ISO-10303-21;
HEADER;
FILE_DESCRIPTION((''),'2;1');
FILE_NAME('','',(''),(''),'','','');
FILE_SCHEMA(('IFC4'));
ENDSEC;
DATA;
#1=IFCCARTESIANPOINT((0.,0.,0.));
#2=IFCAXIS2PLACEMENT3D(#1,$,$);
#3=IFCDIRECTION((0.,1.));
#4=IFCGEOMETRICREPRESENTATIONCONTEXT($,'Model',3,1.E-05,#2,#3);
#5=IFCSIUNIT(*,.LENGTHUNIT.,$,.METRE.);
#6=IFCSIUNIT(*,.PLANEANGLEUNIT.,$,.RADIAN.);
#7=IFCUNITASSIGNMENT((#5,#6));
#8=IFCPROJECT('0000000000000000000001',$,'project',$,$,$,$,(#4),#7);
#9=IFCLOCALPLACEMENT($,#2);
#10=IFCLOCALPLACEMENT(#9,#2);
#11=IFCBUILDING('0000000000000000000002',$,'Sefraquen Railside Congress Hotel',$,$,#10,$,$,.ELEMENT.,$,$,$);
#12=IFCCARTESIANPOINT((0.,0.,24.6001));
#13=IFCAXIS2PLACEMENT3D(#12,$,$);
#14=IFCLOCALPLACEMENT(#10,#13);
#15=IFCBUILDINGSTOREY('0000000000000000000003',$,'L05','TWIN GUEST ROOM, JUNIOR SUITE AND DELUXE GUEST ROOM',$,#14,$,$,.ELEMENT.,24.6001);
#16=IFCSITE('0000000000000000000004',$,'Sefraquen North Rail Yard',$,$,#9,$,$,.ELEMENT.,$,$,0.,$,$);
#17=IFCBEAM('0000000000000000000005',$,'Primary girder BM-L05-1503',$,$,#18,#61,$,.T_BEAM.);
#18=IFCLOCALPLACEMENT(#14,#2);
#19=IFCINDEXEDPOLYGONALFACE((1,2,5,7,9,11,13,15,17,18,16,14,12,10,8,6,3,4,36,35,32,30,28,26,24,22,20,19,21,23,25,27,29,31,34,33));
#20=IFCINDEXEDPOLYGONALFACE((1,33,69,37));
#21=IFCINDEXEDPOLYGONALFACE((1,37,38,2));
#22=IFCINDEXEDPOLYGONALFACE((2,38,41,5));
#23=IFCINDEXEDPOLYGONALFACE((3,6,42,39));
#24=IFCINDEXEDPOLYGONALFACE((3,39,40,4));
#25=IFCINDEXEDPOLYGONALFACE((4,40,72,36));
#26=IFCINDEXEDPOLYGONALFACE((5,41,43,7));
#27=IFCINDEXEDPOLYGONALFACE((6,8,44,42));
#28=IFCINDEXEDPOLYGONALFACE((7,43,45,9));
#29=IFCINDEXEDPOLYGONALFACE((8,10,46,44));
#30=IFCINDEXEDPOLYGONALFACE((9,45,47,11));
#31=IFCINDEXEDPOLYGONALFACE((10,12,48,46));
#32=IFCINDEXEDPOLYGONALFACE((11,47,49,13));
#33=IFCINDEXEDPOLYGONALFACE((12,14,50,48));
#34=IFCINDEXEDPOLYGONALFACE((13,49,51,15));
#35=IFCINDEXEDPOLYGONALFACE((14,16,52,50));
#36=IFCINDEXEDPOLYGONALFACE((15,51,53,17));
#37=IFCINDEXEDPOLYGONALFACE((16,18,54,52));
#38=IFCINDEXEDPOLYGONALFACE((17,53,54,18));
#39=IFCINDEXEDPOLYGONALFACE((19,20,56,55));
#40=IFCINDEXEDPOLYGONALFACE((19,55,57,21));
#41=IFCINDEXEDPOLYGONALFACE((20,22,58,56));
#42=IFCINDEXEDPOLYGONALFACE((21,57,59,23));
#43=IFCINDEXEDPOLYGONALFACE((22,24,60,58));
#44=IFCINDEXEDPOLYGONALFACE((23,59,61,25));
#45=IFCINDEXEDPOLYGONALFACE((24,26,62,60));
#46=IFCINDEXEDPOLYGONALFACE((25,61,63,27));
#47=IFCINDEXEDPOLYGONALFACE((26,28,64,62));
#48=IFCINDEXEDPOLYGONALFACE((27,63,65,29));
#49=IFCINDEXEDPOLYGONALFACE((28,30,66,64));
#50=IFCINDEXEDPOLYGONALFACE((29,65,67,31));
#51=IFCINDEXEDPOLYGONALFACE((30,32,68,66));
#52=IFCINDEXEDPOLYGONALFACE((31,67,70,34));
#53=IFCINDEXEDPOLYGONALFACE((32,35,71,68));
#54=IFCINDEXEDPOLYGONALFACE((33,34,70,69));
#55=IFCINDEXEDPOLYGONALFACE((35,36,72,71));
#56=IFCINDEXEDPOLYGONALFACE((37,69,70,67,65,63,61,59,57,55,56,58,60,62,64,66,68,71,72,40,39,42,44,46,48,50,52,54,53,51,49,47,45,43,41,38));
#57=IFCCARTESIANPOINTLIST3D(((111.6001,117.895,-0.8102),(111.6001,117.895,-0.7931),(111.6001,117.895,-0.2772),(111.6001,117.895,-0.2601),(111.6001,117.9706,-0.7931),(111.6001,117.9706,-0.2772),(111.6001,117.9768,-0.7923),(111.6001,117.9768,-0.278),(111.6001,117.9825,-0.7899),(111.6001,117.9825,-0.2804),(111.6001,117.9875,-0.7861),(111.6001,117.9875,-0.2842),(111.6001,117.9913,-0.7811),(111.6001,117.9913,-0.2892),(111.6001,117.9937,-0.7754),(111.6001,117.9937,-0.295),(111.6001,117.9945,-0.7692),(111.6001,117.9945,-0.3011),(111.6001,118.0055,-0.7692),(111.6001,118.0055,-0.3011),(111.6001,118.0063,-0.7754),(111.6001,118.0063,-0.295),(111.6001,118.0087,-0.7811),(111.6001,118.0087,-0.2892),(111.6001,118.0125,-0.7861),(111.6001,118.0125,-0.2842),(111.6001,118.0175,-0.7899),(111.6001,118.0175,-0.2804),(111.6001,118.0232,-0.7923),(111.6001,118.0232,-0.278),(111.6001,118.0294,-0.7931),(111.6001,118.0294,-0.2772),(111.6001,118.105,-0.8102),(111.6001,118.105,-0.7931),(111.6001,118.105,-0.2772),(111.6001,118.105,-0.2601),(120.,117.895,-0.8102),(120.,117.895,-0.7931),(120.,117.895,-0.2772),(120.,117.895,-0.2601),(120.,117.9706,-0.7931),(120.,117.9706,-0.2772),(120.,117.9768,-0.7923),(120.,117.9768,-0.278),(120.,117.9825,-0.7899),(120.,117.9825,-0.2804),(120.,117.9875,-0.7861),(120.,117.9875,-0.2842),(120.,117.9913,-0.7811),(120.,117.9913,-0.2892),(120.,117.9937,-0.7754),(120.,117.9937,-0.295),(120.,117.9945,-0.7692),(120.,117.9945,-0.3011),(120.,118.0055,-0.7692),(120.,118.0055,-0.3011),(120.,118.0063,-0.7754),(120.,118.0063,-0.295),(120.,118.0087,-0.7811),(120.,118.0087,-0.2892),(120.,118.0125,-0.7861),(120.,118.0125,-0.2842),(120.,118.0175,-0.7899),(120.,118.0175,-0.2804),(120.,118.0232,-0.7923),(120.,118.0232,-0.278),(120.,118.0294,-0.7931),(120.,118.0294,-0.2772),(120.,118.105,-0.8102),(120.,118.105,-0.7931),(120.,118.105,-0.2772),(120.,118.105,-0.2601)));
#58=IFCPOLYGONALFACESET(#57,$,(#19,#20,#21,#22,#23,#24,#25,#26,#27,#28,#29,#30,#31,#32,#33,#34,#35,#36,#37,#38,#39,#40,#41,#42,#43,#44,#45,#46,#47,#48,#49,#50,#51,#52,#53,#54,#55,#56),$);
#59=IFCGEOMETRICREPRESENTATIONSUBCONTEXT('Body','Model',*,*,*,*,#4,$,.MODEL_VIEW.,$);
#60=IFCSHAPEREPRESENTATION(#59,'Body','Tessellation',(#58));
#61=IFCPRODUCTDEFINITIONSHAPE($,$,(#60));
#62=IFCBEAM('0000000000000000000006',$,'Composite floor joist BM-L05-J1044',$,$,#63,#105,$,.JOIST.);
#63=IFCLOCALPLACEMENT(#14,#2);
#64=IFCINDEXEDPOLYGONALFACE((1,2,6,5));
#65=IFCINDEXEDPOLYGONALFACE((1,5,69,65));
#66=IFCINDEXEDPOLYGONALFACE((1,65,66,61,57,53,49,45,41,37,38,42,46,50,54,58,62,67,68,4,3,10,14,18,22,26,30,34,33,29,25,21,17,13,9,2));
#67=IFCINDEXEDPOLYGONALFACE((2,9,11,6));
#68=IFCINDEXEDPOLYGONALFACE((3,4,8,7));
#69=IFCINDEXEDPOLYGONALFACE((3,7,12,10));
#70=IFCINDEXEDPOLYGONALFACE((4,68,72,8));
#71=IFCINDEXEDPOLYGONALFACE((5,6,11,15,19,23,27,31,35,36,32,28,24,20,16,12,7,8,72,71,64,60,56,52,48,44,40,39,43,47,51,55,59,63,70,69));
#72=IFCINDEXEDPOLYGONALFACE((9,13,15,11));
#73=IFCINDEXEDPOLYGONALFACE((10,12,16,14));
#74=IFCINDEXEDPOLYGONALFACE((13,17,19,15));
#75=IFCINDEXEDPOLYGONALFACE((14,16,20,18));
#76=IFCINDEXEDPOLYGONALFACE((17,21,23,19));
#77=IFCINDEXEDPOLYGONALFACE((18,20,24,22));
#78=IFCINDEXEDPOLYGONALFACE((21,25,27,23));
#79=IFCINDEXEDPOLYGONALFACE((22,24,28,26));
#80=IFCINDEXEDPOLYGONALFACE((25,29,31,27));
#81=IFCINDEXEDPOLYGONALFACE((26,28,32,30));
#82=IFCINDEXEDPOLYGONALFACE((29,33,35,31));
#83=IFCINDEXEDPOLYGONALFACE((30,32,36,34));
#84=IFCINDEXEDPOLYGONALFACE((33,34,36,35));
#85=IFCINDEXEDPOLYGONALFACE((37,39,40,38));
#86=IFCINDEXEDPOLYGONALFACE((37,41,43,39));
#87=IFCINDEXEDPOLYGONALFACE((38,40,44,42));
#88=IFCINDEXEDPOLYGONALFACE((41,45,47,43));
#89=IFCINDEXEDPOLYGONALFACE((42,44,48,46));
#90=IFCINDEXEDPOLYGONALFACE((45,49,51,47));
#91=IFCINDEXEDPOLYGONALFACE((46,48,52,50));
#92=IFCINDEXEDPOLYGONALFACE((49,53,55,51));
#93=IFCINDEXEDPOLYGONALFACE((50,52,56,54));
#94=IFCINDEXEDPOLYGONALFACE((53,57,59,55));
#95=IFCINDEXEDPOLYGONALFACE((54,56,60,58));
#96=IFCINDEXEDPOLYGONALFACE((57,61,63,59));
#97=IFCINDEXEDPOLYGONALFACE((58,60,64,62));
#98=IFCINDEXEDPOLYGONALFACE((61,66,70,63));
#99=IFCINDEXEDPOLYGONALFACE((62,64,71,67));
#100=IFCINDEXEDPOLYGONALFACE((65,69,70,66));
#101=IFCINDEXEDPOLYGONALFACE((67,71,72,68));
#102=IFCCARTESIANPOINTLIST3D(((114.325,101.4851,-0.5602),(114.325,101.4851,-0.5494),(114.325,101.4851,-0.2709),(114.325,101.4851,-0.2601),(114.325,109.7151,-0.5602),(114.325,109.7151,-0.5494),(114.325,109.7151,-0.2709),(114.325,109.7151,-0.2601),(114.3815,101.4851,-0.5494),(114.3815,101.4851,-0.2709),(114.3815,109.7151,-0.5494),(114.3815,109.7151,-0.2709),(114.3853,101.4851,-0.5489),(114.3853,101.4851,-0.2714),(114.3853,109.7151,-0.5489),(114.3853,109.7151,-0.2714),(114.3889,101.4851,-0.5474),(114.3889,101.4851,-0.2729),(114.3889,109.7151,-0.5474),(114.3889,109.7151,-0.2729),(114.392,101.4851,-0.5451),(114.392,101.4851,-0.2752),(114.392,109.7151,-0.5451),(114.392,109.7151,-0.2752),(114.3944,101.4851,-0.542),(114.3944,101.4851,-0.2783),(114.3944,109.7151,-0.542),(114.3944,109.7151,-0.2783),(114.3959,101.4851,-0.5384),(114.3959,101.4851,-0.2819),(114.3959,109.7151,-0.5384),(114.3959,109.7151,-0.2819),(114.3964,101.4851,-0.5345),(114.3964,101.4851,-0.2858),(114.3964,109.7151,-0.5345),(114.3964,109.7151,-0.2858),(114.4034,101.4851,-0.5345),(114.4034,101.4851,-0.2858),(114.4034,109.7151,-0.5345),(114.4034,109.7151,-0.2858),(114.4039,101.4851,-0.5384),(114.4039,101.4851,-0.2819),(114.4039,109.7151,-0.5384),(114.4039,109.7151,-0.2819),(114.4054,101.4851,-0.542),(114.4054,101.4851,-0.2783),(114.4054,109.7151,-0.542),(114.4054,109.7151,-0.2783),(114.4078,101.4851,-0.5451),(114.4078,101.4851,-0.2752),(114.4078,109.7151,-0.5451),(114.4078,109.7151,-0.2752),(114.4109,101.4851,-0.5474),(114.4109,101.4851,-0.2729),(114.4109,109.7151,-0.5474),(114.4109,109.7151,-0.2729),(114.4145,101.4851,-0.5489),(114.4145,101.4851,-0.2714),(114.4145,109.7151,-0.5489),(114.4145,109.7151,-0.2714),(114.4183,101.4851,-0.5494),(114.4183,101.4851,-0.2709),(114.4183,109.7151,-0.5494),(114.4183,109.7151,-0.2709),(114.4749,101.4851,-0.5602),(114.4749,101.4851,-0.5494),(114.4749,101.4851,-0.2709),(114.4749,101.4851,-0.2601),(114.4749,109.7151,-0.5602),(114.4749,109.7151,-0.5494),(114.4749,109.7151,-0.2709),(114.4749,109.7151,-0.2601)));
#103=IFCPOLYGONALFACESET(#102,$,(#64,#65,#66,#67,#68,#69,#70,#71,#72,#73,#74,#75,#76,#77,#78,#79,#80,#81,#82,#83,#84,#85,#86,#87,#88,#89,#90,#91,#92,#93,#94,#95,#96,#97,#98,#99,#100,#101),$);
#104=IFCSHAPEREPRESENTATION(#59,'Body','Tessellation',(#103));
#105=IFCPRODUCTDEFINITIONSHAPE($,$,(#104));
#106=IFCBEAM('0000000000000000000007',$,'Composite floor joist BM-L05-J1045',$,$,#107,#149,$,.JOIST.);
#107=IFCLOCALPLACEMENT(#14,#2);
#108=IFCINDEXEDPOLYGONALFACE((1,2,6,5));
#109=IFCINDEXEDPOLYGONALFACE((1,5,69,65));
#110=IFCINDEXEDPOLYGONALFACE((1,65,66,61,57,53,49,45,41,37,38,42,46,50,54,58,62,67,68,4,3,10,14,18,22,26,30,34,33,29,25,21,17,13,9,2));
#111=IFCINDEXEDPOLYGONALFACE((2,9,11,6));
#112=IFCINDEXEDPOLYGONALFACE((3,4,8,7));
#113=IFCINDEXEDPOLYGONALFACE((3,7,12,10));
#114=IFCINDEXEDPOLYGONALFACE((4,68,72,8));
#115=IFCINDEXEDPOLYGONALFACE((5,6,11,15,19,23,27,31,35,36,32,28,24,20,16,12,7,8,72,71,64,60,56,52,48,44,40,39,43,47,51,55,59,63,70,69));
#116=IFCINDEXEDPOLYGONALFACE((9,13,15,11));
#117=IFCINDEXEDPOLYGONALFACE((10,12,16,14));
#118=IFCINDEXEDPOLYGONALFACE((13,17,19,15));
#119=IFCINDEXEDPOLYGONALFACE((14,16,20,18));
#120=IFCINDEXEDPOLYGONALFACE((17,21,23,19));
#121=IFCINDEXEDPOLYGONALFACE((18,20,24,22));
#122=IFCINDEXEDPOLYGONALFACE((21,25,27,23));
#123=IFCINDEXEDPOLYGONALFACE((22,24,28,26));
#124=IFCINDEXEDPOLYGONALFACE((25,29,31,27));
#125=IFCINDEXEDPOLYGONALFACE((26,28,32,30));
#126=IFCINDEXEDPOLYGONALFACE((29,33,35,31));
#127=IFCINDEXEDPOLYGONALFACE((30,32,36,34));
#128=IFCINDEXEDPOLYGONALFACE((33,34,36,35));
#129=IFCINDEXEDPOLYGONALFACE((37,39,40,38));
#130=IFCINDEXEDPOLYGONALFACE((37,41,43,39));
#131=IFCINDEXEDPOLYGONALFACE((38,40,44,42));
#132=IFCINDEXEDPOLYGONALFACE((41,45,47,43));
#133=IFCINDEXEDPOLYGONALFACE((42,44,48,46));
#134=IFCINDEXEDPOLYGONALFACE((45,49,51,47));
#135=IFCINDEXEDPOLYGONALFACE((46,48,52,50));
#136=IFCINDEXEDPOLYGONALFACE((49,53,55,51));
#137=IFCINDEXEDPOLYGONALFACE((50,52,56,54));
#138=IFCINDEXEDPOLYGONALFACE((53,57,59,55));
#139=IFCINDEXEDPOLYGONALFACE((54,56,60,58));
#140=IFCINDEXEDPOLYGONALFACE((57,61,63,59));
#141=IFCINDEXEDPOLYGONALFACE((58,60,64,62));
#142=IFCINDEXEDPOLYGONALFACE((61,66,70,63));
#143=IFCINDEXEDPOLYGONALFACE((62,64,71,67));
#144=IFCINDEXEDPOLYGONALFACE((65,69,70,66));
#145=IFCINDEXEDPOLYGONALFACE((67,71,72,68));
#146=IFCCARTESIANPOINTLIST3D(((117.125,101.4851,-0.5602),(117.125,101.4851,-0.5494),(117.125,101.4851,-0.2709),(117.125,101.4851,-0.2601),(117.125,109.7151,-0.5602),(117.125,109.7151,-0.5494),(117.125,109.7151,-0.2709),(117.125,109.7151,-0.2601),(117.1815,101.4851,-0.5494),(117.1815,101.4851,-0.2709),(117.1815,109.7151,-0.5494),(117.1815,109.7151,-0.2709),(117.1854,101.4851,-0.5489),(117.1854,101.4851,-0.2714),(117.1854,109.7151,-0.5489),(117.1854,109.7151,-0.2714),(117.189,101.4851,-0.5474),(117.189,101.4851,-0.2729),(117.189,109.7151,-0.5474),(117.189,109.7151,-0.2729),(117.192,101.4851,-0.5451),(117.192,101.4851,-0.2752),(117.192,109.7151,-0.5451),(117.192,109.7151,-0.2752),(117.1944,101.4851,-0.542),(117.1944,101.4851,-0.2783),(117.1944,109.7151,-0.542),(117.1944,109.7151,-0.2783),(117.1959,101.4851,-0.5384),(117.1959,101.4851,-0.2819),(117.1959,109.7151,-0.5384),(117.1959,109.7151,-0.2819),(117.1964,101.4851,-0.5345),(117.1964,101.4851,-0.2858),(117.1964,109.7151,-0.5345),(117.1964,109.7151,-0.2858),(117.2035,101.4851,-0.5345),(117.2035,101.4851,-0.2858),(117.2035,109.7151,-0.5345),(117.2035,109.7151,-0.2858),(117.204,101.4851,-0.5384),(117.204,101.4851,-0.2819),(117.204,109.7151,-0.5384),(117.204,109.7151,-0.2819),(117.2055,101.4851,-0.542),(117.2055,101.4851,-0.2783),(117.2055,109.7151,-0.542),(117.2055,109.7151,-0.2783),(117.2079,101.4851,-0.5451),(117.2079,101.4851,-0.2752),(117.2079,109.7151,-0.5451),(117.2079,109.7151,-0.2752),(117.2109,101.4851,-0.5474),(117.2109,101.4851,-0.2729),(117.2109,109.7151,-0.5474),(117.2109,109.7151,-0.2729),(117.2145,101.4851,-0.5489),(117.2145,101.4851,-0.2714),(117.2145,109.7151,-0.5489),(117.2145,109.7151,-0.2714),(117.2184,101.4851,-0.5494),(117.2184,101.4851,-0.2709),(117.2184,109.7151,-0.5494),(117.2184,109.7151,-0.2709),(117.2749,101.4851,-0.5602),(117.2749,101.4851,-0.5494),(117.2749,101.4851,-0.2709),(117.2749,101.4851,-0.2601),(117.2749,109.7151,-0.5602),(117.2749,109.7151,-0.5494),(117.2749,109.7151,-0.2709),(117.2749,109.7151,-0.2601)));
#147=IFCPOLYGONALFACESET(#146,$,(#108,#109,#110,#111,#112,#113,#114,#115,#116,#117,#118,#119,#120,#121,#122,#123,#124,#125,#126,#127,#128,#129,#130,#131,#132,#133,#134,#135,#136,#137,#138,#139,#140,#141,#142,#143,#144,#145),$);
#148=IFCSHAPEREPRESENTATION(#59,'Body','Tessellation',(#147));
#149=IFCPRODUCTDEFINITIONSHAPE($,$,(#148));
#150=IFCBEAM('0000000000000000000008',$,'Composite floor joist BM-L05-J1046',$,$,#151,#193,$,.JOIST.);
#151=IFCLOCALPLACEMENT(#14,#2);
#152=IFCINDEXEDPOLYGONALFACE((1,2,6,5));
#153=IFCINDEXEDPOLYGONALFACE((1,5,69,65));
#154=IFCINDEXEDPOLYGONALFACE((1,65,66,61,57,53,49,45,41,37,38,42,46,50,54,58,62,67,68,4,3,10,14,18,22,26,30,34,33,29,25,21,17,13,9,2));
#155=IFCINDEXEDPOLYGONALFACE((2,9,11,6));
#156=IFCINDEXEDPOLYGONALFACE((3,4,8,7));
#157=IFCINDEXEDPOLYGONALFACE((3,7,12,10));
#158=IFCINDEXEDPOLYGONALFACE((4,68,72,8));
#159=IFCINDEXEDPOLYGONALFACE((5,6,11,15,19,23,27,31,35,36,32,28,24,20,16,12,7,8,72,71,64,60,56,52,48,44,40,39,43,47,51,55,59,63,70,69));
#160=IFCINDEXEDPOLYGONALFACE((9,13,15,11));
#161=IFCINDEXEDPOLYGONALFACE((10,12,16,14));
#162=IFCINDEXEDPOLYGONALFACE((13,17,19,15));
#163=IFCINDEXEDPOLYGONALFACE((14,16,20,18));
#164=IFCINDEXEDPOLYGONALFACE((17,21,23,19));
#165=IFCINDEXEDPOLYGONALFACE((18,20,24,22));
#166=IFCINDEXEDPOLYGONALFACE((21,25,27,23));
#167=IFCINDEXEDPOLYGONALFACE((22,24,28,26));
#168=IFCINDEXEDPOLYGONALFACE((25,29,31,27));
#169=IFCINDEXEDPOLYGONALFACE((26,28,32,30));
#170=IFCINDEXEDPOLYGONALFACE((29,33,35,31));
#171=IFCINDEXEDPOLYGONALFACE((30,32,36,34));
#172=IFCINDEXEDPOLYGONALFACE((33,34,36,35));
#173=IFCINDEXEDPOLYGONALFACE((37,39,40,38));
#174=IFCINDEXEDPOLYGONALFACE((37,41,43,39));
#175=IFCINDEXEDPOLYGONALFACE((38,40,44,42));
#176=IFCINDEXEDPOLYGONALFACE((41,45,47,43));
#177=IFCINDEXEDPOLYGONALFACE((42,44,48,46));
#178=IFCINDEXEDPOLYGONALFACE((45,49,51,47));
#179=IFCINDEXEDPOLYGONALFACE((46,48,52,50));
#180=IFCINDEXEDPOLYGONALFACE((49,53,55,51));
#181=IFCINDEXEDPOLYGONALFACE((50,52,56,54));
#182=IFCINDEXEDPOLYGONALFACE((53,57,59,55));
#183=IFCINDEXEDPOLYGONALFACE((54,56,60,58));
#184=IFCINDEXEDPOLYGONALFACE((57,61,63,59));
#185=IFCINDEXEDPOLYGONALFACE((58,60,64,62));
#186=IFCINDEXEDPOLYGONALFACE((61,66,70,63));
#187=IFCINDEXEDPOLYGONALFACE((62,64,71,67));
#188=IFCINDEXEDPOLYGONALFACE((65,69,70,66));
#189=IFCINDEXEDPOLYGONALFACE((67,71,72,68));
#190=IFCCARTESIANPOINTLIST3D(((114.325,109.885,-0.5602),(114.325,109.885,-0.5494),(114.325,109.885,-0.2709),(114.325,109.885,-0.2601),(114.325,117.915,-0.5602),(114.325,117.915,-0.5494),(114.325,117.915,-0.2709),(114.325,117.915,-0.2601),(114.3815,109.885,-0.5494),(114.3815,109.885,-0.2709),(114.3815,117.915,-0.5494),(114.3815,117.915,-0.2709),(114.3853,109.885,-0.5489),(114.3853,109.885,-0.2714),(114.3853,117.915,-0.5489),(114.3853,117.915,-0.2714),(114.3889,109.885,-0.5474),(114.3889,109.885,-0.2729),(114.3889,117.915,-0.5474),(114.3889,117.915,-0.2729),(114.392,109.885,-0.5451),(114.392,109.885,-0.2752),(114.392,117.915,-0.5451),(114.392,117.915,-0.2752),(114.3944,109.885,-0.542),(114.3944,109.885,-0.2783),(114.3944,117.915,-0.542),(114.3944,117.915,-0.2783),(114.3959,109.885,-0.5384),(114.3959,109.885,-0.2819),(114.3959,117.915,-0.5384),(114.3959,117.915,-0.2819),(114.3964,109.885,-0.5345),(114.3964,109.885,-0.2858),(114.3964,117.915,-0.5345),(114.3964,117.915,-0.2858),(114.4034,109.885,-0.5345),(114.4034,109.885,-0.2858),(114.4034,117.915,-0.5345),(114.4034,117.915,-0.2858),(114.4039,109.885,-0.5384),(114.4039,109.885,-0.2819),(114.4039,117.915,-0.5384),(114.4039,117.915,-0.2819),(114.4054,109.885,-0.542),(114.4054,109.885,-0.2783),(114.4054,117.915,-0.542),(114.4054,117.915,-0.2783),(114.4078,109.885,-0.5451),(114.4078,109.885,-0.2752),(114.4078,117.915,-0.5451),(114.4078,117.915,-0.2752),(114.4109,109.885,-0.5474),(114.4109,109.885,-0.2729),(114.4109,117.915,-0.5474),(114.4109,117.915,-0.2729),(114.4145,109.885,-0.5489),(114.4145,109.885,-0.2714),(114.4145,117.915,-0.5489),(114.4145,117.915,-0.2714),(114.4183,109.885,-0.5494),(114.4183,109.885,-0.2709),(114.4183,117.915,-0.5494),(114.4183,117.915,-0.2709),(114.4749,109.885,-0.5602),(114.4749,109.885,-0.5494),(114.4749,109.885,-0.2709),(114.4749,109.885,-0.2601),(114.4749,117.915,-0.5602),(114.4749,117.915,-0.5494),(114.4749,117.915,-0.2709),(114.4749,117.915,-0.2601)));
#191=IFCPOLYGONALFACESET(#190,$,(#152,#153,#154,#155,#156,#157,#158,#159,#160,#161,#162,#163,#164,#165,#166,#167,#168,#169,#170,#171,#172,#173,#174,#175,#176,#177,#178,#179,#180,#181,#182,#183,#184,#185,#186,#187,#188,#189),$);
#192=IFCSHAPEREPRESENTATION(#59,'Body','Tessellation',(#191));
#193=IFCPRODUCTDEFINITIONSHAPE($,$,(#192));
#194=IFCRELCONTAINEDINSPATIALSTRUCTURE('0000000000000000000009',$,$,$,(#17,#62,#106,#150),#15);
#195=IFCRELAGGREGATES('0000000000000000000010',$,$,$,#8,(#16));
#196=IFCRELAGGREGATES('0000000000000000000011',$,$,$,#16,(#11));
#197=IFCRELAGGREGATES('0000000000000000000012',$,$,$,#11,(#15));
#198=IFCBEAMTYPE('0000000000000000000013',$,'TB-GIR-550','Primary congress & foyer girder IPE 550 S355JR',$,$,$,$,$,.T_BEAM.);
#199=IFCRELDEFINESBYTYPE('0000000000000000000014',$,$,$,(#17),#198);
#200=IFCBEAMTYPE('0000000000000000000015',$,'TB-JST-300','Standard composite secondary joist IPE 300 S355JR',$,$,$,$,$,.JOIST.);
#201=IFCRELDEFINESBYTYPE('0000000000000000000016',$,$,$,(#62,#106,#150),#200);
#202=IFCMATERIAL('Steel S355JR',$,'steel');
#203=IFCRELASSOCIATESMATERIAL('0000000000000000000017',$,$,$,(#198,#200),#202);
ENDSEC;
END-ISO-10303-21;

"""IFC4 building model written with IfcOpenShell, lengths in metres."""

from ifc_helpers import new_model, si_unit, direction, frame, origin, origin_2d, place, context, subcontext, project, spatial, i_section, extrude, material, material_profile, profile_set, type_object, element, save


model = new_model("IFC4")

# Units and contexts
model_context = context("Model", 3, precision=1e-05, world=origin(), true_north=direction((0.0, 1.0)))
body_context = subcontext(model_context, "Body", "Model", "MODEL_VIEW")
ifc_project = project(units=[si_unit("LENGTHUNIT", "METRE"), si_unit("PLANEANGLEUNIT", "RADIAN")], contexts=[model_context])

# Site, building, storey
site_placement = place(None, origin())
site = spatial("IfcSite", under=ifc_project, at=site_placement, Name="Sefraquen North Rail Yard", CompositionType="ELEMENT", RefElevation=0.0)
building_placement = place(site_placement, origin())
building = spatial("IfcBuilding", under=site, at=building_placement, Name="Sefraquen Railside Congress Hotel", CompositionType="ELEMENT")
storey_placement = place(building_placement, frame((0.0, 0.0, 24.6001)))
storey = spatial("IfcBuildingStorey", under=building, at=storey_placement, Name="L05", Description="TWIN GUEST ROOM, JUNIOR SUITE AND DELUXE GUEST ROOM", CompositionType="ELEMENT", Elevation=24.6001)

# Shared definitions
ifc_material_1 = material(Name="Steel S355JR", Category="steel")

# Beams
ifc_material_profile_1 = material_profile(ifc_material_1, i_section(OverallWidth=0.21, OverallDepth=0.55, WebThickness=0.011, FlangeThickness=0.0171, FilletRadius=0.0239, at=origin_2d()), Name="IPE 550")
ifc_profile_set_1 = profile_set([ifc_material_profile_1], Name="Steel S355JR")
beam_type_1 = type_object("IfcBeamType", Name="TB-GIR-550", Description="Primary congress & foyer girder IPE 550 S355JR", PredefinedType="T_BEAM", material=ifc_profile_set_1)
for number, where, z_axis, x_axis, name in (
    (1, (111.6001, 118.0, -0.5352), (1.0, 0.0, 0.0), (0.0, 1.0, 0.0), "Primary girder BM-L05-1503"),
):
    element("IfcBeam", number, at=place(storey_placement, frame(where, z_axis=z_axis, x_axis=x_axis)), inside=storey, type_object=beam_type_1, Name=name, PredefinedType="T_BEAM", context=body_context, shape_type="SweptSolid", body=[
        extrude(i_section(OverallWidth=0.21, OverallDepth=0.55, WebThickness=0.011, FlangeThickness=0.0171, FilletRadius=0.0239, at=origin_2d()), origin(), (0.0, 0.0, 1.0), 8.3999),
    ])
ifc_material_profile_2 = material_profile(ifc_material_1, i_section(OverallWidth=0.1499, OverallDepth=0.3, WebThickness=0.0071, FlangeThickness=0.0107, FilletRadius=0.0149, at=origin_2d()), Name="IPE 300")
ifc_profile_set_2 = profile_set([ifc_material_profile_2], Name="Steel S355JR")
beam_type_2 = type_object("IfcBeamType", Name="TB-JST-300", Description="Standard composite secondary joist IPE 300 S355JR", PredefinedType="JOIST", material=ifc_profile_set_2)
for number, where, z_axis, x_axis, name in (
    (2, (114.3999, 101.4851, -0.4102), (0.0, 1.0, 0.0), (-1.0, 0.0, 0.0), "Composite floor joist BM-L05-J1044"),
    (3, (117.2, 101.4851, -0.4102), (0.0, 1.0, 0.0), (-1.0, 0.0, 0.0), "Composite floor joist BM-L05-J1045"),
):
    element("IfcBeam", number, at=place(storey_placement, frame(where, z_axis=z_axis, x_axis=x_axis)), inside=storey, type_object=beam_type_2, Name=name, PredefinedType="JOIST", context=body_context, shape_type="SweptSolid", body=[
        extrude(i_section(OverallWidth=0.1499, OverallDepth=0.3, WebThickness=0.0071, FlangeThickness=0.0107, FilletRadius=0.0149, at=origin_2d()), origin(), (0.0, 0.0, 1.0), 8.23),
    ])
for number, where, z_axis, x_axis, name in (
    (4, (114.3999, 109.885, -0.4102), (0.0, 1.0, 0.0), (-1.0, 0.0, 0.0), "Composite floor joist BM-L05-J1046"),
):
    element("IfcBeam", number, at=place(storey_placement, frame(where, z_axis=z_axis, x_axis=x_axis)), inside=storey, type_object=beam_type_2, Name=name, PredefinedType="JOIST", context=body_context, shape_type="SweptSolid", body=[
        extrude(i_section(OverallWidth=0.1499, OverallDepth=0.3, WebThickness=0.0071, FlangeThickness=0.0107, FilletRadius=0.0149, at=origin_2d()), origin(), (0.0, 0.0, 1.0), 8.03),
    ])

save(model, "model.ifc")
